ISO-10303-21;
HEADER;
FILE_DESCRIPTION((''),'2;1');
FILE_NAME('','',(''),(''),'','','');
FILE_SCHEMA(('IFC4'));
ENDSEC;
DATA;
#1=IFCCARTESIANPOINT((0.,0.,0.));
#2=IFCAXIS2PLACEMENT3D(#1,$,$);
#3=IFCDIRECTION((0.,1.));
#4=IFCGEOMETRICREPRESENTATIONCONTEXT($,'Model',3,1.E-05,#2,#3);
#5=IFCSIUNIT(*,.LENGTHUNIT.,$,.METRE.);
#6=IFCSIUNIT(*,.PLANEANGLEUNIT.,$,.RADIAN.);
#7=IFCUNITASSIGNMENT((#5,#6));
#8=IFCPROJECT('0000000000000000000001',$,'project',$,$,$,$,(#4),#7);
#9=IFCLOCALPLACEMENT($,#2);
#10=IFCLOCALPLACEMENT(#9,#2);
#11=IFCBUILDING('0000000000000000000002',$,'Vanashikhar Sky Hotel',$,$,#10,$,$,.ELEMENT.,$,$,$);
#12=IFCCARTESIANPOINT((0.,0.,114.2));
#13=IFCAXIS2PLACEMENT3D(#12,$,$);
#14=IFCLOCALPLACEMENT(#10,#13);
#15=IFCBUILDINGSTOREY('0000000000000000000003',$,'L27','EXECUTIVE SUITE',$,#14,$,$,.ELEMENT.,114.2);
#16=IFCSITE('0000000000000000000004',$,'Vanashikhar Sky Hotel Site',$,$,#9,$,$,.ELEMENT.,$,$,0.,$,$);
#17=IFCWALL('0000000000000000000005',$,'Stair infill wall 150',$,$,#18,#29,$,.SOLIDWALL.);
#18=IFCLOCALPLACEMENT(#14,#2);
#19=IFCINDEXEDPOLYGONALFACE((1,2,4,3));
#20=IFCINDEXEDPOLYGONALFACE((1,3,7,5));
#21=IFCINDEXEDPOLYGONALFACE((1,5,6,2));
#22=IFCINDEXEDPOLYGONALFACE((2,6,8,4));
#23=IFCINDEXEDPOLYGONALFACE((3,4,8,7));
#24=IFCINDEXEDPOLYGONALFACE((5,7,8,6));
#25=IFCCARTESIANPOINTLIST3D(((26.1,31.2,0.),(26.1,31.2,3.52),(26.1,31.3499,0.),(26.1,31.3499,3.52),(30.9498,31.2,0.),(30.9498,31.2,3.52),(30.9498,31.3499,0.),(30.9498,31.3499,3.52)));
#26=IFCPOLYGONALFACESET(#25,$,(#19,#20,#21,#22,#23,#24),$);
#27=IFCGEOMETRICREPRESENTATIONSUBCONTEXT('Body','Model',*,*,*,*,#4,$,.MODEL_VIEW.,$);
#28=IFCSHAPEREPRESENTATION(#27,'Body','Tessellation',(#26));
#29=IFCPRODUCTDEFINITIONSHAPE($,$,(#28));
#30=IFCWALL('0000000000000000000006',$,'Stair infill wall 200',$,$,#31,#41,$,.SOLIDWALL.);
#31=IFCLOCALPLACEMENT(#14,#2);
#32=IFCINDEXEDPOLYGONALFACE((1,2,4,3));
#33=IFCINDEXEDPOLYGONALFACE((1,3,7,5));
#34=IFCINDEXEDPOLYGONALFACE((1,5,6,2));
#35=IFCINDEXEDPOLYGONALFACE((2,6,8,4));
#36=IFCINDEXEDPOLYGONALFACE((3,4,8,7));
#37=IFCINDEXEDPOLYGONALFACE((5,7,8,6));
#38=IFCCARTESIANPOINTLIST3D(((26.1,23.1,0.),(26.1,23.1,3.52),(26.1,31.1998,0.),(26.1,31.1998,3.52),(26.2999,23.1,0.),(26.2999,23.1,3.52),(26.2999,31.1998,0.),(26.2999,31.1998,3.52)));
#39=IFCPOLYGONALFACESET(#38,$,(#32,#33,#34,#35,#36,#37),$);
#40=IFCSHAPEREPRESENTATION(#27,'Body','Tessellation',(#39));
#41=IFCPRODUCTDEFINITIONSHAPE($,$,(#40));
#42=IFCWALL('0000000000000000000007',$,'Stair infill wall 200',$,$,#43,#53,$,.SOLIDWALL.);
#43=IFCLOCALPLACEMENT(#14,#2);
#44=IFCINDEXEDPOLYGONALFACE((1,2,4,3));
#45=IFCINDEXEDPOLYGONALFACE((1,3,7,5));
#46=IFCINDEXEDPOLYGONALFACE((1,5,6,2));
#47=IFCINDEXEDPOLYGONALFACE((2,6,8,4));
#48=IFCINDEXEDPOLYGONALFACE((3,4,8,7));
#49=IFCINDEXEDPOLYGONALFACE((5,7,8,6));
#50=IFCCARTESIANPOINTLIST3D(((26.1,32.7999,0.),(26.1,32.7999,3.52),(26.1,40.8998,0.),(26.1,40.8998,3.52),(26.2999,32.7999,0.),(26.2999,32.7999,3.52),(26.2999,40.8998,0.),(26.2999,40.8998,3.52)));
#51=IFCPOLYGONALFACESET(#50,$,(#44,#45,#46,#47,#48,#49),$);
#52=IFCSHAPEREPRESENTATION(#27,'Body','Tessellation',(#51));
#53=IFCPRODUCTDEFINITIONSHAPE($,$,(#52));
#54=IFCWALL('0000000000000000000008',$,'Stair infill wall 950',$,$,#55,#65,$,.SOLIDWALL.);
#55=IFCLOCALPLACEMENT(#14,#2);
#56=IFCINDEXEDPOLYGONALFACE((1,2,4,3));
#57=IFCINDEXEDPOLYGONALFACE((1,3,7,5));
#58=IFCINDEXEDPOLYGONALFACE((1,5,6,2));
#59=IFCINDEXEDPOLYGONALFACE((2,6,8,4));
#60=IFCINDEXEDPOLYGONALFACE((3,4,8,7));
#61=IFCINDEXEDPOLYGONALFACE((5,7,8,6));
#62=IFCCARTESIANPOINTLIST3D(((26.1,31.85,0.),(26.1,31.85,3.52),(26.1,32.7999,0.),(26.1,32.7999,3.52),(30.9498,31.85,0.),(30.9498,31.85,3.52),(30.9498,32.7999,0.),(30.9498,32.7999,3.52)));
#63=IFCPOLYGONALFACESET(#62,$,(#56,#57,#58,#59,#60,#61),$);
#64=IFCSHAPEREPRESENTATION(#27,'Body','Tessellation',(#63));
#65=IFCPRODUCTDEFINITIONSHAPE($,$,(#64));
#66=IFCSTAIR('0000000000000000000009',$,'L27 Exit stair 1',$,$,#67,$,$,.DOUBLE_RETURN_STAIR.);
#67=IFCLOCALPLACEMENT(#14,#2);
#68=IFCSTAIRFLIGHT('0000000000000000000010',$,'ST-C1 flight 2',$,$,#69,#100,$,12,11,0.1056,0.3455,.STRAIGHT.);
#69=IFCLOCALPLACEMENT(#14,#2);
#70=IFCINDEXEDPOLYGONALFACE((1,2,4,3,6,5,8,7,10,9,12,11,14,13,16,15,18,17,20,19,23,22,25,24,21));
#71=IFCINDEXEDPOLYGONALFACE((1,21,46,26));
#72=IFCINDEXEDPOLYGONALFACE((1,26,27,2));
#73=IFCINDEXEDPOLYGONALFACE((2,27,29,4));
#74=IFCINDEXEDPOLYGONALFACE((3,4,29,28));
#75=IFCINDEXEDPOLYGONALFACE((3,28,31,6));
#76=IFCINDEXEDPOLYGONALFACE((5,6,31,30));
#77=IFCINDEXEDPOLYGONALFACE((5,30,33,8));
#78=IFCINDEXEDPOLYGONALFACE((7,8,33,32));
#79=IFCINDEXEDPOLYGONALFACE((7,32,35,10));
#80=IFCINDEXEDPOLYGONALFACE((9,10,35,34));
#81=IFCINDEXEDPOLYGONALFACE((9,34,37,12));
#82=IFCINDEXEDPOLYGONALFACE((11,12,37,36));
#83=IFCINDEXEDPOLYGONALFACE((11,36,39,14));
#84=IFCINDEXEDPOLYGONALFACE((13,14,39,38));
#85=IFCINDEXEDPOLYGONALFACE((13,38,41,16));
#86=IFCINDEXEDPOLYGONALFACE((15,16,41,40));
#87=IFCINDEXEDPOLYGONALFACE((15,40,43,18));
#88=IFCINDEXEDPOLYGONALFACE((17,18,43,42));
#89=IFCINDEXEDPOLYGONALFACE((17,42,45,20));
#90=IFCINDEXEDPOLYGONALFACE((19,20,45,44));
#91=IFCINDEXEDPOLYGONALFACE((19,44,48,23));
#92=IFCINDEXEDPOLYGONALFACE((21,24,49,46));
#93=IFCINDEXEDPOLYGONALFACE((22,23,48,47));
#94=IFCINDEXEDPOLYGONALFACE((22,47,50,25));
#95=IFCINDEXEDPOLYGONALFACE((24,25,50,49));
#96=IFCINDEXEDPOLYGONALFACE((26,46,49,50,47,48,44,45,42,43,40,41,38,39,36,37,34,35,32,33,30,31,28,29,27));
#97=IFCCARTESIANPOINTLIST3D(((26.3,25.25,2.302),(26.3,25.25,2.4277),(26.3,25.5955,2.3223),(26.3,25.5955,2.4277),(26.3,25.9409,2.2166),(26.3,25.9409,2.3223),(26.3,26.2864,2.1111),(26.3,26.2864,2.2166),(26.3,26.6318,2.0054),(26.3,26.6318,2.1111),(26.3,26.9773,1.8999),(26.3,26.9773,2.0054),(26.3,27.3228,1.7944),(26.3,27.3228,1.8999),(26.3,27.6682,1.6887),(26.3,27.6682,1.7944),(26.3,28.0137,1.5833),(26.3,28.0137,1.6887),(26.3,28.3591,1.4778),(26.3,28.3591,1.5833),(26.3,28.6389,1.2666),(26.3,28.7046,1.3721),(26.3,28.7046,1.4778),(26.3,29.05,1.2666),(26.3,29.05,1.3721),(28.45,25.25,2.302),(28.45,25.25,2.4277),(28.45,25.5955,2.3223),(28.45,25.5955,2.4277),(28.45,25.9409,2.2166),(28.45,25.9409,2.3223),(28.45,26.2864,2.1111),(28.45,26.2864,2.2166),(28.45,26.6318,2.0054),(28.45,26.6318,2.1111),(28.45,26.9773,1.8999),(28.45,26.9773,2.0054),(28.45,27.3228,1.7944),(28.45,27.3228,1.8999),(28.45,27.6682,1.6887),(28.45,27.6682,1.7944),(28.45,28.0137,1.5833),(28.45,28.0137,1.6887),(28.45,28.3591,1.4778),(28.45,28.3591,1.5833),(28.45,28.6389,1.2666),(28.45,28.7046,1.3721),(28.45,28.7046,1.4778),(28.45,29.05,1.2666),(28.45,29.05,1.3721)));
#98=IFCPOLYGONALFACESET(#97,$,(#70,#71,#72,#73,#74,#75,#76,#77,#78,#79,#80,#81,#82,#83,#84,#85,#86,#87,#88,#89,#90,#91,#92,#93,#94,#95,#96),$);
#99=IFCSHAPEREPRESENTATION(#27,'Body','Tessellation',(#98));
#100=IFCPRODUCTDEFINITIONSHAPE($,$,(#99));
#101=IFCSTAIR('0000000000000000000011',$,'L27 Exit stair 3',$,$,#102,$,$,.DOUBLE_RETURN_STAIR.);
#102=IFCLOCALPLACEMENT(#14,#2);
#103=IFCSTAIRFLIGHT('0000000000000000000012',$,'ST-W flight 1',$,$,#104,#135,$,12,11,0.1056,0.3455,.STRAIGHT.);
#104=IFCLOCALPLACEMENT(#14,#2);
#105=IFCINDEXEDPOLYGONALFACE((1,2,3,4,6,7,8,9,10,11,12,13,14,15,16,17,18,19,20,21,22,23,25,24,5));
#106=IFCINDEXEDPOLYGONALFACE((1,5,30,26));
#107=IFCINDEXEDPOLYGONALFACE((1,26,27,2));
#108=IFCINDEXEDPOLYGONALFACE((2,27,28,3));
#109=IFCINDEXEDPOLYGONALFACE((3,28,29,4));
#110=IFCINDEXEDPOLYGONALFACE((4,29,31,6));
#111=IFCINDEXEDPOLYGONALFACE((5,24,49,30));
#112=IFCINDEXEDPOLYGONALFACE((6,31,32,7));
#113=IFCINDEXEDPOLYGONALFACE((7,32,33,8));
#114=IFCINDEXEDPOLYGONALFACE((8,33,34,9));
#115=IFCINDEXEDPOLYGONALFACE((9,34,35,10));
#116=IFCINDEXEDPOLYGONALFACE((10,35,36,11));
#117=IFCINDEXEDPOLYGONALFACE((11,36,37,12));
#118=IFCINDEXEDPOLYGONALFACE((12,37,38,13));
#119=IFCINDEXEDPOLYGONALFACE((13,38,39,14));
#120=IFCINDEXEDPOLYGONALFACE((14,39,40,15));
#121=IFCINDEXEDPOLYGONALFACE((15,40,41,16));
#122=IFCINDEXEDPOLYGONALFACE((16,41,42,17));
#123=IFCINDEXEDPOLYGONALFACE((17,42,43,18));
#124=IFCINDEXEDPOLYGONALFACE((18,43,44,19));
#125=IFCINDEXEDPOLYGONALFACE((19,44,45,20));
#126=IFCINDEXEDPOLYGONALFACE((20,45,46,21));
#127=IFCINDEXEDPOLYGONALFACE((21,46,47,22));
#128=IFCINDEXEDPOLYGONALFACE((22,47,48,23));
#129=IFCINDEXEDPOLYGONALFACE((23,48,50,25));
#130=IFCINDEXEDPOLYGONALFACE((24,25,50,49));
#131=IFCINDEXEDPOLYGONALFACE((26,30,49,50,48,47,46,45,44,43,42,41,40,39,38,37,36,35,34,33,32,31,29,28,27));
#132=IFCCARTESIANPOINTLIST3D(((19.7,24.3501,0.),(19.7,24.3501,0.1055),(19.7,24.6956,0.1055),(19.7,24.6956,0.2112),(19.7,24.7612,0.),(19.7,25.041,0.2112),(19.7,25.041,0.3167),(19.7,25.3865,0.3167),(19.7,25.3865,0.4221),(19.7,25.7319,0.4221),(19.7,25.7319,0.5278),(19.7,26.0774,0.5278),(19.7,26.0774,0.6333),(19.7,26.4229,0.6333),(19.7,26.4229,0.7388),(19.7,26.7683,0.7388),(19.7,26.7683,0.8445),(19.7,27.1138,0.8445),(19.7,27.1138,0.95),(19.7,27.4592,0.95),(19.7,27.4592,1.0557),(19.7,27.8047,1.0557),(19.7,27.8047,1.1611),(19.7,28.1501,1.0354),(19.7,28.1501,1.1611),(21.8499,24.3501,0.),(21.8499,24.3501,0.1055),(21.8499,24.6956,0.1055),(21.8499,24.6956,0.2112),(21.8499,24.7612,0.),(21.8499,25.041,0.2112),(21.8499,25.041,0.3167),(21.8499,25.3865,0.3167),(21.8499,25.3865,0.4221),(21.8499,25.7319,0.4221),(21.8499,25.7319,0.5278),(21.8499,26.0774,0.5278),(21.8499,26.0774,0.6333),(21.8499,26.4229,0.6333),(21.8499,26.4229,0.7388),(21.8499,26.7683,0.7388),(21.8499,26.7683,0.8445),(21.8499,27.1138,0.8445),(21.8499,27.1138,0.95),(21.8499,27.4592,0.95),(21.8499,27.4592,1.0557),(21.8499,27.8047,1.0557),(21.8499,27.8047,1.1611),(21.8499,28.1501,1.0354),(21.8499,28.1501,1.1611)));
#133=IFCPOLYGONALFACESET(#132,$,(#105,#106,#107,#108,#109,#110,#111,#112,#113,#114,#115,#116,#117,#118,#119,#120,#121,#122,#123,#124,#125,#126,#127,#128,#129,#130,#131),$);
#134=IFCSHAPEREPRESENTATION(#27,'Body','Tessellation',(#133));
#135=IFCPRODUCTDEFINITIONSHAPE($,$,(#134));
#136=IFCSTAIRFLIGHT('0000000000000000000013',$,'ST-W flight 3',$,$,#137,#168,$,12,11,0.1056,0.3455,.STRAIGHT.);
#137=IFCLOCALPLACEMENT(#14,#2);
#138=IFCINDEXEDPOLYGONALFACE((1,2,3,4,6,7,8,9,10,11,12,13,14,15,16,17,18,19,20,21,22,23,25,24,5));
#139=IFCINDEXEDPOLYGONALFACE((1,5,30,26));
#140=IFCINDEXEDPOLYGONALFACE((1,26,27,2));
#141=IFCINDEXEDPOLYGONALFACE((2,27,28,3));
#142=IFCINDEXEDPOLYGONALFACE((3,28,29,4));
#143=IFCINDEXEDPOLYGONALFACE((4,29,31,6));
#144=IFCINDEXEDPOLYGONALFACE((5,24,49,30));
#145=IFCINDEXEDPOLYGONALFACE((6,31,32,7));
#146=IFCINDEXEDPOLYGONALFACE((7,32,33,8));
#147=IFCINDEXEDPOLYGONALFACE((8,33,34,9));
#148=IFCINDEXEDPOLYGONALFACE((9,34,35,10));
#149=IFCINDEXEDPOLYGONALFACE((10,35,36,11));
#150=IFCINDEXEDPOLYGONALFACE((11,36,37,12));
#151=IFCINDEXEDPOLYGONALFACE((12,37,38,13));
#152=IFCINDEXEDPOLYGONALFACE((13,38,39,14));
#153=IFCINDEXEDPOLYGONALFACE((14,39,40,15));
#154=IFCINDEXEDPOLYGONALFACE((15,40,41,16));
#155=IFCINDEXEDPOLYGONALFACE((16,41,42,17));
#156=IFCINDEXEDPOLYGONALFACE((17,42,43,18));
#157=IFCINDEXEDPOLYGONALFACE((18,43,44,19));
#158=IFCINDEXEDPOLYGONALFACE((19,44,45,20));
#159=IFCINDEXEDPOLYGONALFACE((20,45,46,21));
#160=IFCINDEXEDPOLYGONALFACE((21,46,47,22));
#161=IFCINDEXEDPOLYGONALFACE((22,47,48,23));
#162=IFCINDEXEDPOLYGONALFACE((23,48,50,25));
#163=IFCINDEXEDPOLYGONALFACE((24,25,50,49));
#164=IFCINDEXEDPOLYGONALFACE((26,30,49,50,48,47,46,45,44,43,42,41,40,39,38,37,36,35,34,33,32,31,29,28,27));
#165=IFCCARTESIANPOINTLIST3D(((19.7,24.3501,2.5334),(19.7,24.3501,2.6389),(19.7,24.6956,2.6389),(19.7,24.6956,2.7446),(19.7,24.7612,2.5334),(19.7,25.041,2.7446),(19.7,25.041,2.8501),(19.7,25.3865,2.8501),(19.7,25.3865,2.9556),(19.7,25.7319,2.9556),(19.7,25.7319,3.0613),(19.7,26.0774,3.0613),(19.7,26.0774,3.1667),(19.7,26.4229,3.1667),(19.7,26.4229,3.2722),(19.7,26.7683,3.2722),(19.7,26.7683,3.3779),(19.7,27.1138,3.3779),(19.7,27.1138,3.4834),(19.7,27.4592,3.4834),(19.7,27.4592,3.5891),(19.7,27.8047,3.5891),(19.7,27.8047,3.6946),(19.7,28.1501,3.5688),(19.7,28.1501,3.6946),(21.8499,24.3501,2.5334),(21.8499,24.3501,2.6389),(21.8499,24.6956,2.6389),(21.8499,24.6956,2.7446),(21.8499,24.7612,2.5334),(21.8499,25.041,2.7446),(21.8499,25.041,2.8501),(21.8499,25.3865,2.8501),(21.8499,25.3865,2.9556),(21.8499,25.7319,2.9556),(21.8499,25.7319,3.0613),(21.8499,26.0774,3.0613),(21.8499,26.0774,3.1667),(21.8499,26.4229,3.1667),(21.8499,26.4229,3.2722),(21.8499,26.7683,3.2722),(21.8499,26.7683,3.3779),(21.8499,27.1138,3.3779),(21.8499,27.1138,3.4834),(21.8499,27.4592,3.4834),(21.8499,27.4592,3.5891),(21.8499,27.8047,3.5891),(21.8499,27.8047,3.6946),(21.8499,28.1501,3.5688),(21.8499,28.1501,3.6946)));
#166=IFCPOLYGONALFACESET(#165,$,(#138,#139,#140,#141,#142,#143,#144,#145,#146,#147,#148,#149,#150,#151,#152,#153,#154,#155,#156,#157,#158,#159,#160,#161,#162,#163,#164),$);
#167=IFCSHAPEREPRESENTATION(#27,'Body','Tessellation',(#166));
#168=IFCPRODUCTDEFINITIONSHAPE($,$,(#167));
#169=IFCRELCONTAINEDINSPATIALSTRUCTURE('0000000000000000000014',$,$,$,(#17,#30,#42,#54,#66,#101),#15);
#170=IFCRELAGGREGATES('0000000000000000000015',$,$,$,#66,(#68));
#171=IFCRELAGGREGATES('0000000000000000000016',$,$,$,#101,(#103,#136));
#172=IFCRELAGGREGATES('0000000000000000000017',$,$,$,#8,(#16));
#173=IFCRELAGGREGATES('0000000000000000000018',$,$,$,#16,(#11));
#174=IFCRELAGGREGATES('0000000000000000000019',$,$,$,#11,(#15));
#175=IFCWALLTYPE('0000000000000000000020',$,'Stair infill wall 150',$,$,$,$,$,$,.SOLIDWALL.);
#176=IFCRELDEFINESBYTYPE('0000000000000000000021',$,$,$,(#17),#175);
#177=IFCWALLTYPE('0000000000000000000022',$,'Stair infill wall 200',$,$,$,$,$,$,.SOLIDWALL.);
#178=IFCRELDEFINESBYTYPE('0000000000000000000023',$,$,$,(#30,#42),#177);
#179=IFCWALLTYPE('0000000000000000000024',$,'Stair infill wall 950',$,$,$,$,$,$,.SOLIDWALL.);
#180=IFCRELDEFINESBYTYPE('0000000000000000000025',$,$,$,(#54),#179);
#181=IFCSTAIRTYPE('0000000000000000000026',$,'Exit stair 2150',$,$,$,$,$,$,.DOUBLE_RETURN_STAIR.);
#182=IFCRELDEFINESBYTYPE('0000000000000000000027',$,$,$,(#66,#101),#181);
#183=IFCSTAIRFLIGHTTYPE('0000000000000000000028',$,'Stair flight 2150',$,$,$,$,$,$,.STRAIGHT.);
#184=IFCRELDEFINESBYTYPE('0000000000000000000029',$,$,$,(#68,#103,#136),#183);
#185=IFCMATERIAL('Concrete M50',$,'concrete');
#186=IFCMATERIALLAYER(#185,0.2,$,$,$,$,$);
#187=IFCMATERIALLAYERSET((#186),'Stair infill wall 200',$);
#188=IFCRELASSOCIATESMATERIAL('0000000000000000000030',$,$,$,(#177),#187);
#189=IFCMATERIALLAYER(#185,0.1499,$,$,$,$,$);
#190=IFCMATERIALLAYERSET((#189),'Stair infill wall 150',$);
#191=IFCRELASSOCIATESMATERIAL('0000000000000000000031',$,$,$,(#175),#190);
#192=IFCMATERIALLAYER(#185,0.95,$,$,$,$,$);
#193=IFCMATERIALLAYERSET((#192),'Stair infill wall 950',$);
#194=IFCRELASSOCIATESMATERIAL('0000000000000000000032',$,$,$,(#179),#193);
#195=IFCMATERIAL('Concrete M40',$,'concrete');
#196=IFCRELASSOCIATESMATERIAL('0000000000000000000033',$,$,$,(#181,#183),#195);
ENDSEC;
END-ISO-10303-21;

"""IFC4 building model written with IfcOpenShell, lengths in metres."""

from ifc_helpers import new_model, si_unit, direction, frame, frame_2d, origin, place, context, subcontext, project, spatial, polyline, rectangle, outline, extrude, source, transform, mapped, material, layer, layer_set, type_object, element, aggregate, save


model = new_model("IFC4")

# Units and contexts
model_context = context("Model", 3, precision=1e-05, world=origin(), true_north=direction((0.0, 1.0)))
body_context = subcontext(model_context, "Body", "Model", "MODEL_VIEW")
ifc_project = project(units=[si_unit("LENGTHUNIT", "METRE"), si_unit("PLANEANGLEUNIT", "RADIAN")], contexts=[model_context])

# Site, building, storey
site_placement = place(None, origin())
site = spatial("IfcSite", under=ifc_project, at=site_placement, Name="Vanashikhar Sky Hotel Site", CompositionType="ELEMENT", RefElevation=0.0)
building_placement = place(site_placement, origin())
building = spatial("IfcBuilding", under=site, at=building_placement, Name="Vanashikhar Sky Hotel", CompositionType="ELEMENT")
storey_placement = place(building_placement, frame((0.0, 0.0, 114.2)))
storey = spatial("IfcBuildingStorey", under=building, at=storey_placement, Name="L27", Description="EXECUTIVE SUITE", CompositionType="ELEMENT", Elevation=114.2)

# Shared definitions
ifc_material_1 = material(Name="Concrete M50", Category="concrete")

# Walls
ifc_layer_1 = layer(ifc_material_1, 0.2)
ifc_layer_set_1 = layer_set([ifc_layer_1], Name="Stair infill wall 200")
wall_type_1 = type_object("IfcWallType", Name="Stair infill wall 200", PredefinedType="SOLIDWALL", material=ifc_layer_set_1)
ifc_layer_2 = layer(ifc_material_1, 0.1499)
ifc_layer_set_2 = layer_set([ifc_layer_2], Name="Stair infill wall 150")
wall_type_2 = type_object("IfcWallType", Name="Stair infill wall 150", PredefinedType="SOLIDWALL", material=ifc_layer_set_2)
shared_shape_1 = source(origin(), body_context, "Body", "SweptSolid", [
    extrude(rectangle(XDim=4.8499, YDim=0.1499, at=frame_2d((2.4248, 0.0))), origin(), (0.0, 0.0, 1.0), 3.52),
])
wall_1_placement = place(storey_placement, frame((26.1001, 31.2749, 0.0), z_axis=(0.0, 0.0, 1.0), x_axis=(1.0, 0.0, 0.0)))
element("IfcWall", 1, at=wall_1_placement, inside=storey, type_object=wall_type_2, Name="Stair infill wall 150", PredefinedType="SOLIDWALL", context=body_context, shape_type="MappedRepresentation", body=[
    mapped(shared_shape_1, transform((0.0, 0.0, 0.0), scale=1.0)),
])
shared_shape_2 = source(origin(), body_context, "Body", "SweptSolid", [
    extrude(rectangle(XDim=8.0999, YDim=0.2, at=frame_2d((4.0498, 0.0))), origin(), (0.0, 0.0, 1.0), 3.52),
])
for number, where, z_axis, x_axis, name in (
    (2, (26.2, 23.1001, 0.0), (0.0, 0.0, 1.0), (0.0, 1.0, 0.0), "Stair infill wall 200"),
    (3, (26.2, 32.8, 0.0), (0.0, 0.0, 1.0), (0.0, 1.0, 0.0), "Stair infill wall 200"),
):
    element("IfcWall", number, at=place(storey_placement, frame(where, z_axis=z_axis, x_axis=x_axis)), inside=storey, type_object=wall_type_1, Name=name, PredefinedType="SOLIDWALL", context=body_context, shape_type="MappedRepresentation", body=[
        mapped(shared_shape_2, transform((0.0, 0.0, 0.0), scale=1.0)),
    ])
ifc_layer_3 = layer(ifc_material_1, 0.95)
ifc_layer_set_3 = layer_set([ifc_layer_3], Name="Stair infill wall 950")
wall_type_3 = type_object("IfcWallType", Name="Stair infill wall 950", PredefinedType="SOLIDWALL", material=ifc_layer_set_3)
shared_shape_3 = source(origin(), body_context, "Body", "SweptSolid", [
    extrude(rectangle(XDim=4.8499, YDim=0.95, at=frame_2d((2.4248, 0.0))), origin(), (0.0, 0.0, 1.0), 3.52),
])
wall_2_placement = place(storey_placement, frame((26.1001, 32.325, 0.0), z_axis=(0.0, 0.0, 1.0), x_axis=(1.0, 0.0, 0.0)))
element("IfcWall", 4, at=wall_2_placement, inside=storey, type_object=wall_type_3, Name="Stair infill wall 950", PredefinedType="SOLIDWALL", context=body_context, shape_type="MappedRepresentation", body=[
    mapped(shared_shape_3, transform((0.0, 0.0, 0.0), scale=1.0)),
])

# Stair, stair flight
ifc_material_2 = material(Name="Concrete M40", Category="concrete")
stair_type = type_object("IfcStairType", Name="Exit stair 2150", PredefinedType="DOUBLE_RETURN_STAIR", material=ifc_material_2)
stair_1_placement = place(storey_placement, origin())
stair_1 = element("IfcStair", 5, at=stair_1_placement, inside=storey, type_object=stair_type, Name="L27 Exit stair 1", PredefinedType="DOUBLE_RETURN_STAIR")
stair_flight_type = type_object("IfcStairFlightType", Name="Stair flight 2150", PredefinedType="STRAIGHT", material=ifc_material_2)
shared_shape_4 = source(origin(), body_context, "Body", "SweptSolid", [
    extrude(outline(polyline([(0.0, 0.0), (0.0, 0.1055), (0.3455, 0.1055), (0.3455, 0.2112), (0.6909, 0.2112), (0.6909, 0.3167), (1.0364, 0.3167), (1.0364, 0.4221), (1.3818, 0.4221), (1.3818, 0.5278), (1.7273, 0.5278), (1.7273, 0.6333), (2.0728, 0.6333), (2.0728, 0.7388), (2.4182, 0.7388), (2.4182, 0.8445), (2.7637, 0.8445), (2.7637, 0.95), (3.1091, 0.95), (3.1091, 1.0557), (3.4546, 1.0557), (3.4546, 1.1611), (3.8, 1.1611), (3.8, 1.2666), (3.8, 1.0354), (0.4111, 0.0), (0.0, 0.0)])), frame((0.0, 1.075, 0.0), z_axis=(0.0, -1.0, 0.0), x_axis=(1.0, 0.0, 0.0)), (0.0, 0.0, 1.0), 2.1499),
])
stair_flight_1_placement = place(storey_placement, frame((27.375, 29.05, 1.2666), z_axis=(0.0, 0.0, 1.0), x_axis=(0.0, -1.0, 0.0)))
stair_flight_1 = element("IfcStairFlight", 6, at=stair_flight_1_placement, type_object=stair_flight_type, Name="ST-C1 flight 2", NumberOfRisers=12, NumberOfTreads=11, PredefinedType="STRAIGHT", RiserHeight=0.1056, TreadLength=0.3455, context=body_context, shape_type="MappedRepresentation", body=[
    mapped(shared_shape_4, transform((0.0, 0.0, 0.0), scale=1.0)),
])
aggregate(stair_1, [stair_flight_1])

# Stair, stair flights
stair_2_placement = place(storey_placement, origin())
stair_2 = element("IfcStair", 7, at=stair_2_placement, inside=storey, type_object=stair_type, Name="L27 Exit stair 3", PredefinedType="DOUBLE_RETURN_STAIR")
stair_flight_2_placement = place(storey_placement, frame((20.7749, 24.3501, 0.0), z_axis=(0.0, 0.0, 1.0), x_axis=(0.0, 1.0, 0.0)))
stair_flight_2 = element("IfcStairFlight", 8, at=stair_flight_2_placement, type_object=stair_flight_type, Name="ST-W flight 1", NumberOfRisers=12, NumberOfTreads=11, PredefinedType="STRAIGHT", RiserHeight=0.1056, TreadLength=0.3455, context=body_context, shape_type="MappedRepresentation", body=[
    mapped(shared_shape_4, transform((0.0, 0.0, 0.0), scale=1.0)),
])
stair_flight_3_placement = place(storey_placement, frame((20.7749, 24.3501, 2.5334), z_axis=(0.0, 0.0, 1.0), x_axis=(0.0, 1.0, 0.0)))
stair_flight_3 = element("IfcStairFlight", 9, at=stair_flight_3_placement, type_object=stair_flight_type, Name="ST-W flight 3", NumberOfRisers=12, NumberOfTreads=11, PredefinedType="STRAIGHT", RiserHeight=0.1056, TreadLength=0.3455, context=body_context, shape_type="MappedRepresentation", body=[
    mapped(shared_shape_4, transform((0.0, 0.0, 0.0), scale=1.0)),
])
aggregate(stair_2, [stair_flight_2, stair_flight_3])

save(model, "model.ifc")
